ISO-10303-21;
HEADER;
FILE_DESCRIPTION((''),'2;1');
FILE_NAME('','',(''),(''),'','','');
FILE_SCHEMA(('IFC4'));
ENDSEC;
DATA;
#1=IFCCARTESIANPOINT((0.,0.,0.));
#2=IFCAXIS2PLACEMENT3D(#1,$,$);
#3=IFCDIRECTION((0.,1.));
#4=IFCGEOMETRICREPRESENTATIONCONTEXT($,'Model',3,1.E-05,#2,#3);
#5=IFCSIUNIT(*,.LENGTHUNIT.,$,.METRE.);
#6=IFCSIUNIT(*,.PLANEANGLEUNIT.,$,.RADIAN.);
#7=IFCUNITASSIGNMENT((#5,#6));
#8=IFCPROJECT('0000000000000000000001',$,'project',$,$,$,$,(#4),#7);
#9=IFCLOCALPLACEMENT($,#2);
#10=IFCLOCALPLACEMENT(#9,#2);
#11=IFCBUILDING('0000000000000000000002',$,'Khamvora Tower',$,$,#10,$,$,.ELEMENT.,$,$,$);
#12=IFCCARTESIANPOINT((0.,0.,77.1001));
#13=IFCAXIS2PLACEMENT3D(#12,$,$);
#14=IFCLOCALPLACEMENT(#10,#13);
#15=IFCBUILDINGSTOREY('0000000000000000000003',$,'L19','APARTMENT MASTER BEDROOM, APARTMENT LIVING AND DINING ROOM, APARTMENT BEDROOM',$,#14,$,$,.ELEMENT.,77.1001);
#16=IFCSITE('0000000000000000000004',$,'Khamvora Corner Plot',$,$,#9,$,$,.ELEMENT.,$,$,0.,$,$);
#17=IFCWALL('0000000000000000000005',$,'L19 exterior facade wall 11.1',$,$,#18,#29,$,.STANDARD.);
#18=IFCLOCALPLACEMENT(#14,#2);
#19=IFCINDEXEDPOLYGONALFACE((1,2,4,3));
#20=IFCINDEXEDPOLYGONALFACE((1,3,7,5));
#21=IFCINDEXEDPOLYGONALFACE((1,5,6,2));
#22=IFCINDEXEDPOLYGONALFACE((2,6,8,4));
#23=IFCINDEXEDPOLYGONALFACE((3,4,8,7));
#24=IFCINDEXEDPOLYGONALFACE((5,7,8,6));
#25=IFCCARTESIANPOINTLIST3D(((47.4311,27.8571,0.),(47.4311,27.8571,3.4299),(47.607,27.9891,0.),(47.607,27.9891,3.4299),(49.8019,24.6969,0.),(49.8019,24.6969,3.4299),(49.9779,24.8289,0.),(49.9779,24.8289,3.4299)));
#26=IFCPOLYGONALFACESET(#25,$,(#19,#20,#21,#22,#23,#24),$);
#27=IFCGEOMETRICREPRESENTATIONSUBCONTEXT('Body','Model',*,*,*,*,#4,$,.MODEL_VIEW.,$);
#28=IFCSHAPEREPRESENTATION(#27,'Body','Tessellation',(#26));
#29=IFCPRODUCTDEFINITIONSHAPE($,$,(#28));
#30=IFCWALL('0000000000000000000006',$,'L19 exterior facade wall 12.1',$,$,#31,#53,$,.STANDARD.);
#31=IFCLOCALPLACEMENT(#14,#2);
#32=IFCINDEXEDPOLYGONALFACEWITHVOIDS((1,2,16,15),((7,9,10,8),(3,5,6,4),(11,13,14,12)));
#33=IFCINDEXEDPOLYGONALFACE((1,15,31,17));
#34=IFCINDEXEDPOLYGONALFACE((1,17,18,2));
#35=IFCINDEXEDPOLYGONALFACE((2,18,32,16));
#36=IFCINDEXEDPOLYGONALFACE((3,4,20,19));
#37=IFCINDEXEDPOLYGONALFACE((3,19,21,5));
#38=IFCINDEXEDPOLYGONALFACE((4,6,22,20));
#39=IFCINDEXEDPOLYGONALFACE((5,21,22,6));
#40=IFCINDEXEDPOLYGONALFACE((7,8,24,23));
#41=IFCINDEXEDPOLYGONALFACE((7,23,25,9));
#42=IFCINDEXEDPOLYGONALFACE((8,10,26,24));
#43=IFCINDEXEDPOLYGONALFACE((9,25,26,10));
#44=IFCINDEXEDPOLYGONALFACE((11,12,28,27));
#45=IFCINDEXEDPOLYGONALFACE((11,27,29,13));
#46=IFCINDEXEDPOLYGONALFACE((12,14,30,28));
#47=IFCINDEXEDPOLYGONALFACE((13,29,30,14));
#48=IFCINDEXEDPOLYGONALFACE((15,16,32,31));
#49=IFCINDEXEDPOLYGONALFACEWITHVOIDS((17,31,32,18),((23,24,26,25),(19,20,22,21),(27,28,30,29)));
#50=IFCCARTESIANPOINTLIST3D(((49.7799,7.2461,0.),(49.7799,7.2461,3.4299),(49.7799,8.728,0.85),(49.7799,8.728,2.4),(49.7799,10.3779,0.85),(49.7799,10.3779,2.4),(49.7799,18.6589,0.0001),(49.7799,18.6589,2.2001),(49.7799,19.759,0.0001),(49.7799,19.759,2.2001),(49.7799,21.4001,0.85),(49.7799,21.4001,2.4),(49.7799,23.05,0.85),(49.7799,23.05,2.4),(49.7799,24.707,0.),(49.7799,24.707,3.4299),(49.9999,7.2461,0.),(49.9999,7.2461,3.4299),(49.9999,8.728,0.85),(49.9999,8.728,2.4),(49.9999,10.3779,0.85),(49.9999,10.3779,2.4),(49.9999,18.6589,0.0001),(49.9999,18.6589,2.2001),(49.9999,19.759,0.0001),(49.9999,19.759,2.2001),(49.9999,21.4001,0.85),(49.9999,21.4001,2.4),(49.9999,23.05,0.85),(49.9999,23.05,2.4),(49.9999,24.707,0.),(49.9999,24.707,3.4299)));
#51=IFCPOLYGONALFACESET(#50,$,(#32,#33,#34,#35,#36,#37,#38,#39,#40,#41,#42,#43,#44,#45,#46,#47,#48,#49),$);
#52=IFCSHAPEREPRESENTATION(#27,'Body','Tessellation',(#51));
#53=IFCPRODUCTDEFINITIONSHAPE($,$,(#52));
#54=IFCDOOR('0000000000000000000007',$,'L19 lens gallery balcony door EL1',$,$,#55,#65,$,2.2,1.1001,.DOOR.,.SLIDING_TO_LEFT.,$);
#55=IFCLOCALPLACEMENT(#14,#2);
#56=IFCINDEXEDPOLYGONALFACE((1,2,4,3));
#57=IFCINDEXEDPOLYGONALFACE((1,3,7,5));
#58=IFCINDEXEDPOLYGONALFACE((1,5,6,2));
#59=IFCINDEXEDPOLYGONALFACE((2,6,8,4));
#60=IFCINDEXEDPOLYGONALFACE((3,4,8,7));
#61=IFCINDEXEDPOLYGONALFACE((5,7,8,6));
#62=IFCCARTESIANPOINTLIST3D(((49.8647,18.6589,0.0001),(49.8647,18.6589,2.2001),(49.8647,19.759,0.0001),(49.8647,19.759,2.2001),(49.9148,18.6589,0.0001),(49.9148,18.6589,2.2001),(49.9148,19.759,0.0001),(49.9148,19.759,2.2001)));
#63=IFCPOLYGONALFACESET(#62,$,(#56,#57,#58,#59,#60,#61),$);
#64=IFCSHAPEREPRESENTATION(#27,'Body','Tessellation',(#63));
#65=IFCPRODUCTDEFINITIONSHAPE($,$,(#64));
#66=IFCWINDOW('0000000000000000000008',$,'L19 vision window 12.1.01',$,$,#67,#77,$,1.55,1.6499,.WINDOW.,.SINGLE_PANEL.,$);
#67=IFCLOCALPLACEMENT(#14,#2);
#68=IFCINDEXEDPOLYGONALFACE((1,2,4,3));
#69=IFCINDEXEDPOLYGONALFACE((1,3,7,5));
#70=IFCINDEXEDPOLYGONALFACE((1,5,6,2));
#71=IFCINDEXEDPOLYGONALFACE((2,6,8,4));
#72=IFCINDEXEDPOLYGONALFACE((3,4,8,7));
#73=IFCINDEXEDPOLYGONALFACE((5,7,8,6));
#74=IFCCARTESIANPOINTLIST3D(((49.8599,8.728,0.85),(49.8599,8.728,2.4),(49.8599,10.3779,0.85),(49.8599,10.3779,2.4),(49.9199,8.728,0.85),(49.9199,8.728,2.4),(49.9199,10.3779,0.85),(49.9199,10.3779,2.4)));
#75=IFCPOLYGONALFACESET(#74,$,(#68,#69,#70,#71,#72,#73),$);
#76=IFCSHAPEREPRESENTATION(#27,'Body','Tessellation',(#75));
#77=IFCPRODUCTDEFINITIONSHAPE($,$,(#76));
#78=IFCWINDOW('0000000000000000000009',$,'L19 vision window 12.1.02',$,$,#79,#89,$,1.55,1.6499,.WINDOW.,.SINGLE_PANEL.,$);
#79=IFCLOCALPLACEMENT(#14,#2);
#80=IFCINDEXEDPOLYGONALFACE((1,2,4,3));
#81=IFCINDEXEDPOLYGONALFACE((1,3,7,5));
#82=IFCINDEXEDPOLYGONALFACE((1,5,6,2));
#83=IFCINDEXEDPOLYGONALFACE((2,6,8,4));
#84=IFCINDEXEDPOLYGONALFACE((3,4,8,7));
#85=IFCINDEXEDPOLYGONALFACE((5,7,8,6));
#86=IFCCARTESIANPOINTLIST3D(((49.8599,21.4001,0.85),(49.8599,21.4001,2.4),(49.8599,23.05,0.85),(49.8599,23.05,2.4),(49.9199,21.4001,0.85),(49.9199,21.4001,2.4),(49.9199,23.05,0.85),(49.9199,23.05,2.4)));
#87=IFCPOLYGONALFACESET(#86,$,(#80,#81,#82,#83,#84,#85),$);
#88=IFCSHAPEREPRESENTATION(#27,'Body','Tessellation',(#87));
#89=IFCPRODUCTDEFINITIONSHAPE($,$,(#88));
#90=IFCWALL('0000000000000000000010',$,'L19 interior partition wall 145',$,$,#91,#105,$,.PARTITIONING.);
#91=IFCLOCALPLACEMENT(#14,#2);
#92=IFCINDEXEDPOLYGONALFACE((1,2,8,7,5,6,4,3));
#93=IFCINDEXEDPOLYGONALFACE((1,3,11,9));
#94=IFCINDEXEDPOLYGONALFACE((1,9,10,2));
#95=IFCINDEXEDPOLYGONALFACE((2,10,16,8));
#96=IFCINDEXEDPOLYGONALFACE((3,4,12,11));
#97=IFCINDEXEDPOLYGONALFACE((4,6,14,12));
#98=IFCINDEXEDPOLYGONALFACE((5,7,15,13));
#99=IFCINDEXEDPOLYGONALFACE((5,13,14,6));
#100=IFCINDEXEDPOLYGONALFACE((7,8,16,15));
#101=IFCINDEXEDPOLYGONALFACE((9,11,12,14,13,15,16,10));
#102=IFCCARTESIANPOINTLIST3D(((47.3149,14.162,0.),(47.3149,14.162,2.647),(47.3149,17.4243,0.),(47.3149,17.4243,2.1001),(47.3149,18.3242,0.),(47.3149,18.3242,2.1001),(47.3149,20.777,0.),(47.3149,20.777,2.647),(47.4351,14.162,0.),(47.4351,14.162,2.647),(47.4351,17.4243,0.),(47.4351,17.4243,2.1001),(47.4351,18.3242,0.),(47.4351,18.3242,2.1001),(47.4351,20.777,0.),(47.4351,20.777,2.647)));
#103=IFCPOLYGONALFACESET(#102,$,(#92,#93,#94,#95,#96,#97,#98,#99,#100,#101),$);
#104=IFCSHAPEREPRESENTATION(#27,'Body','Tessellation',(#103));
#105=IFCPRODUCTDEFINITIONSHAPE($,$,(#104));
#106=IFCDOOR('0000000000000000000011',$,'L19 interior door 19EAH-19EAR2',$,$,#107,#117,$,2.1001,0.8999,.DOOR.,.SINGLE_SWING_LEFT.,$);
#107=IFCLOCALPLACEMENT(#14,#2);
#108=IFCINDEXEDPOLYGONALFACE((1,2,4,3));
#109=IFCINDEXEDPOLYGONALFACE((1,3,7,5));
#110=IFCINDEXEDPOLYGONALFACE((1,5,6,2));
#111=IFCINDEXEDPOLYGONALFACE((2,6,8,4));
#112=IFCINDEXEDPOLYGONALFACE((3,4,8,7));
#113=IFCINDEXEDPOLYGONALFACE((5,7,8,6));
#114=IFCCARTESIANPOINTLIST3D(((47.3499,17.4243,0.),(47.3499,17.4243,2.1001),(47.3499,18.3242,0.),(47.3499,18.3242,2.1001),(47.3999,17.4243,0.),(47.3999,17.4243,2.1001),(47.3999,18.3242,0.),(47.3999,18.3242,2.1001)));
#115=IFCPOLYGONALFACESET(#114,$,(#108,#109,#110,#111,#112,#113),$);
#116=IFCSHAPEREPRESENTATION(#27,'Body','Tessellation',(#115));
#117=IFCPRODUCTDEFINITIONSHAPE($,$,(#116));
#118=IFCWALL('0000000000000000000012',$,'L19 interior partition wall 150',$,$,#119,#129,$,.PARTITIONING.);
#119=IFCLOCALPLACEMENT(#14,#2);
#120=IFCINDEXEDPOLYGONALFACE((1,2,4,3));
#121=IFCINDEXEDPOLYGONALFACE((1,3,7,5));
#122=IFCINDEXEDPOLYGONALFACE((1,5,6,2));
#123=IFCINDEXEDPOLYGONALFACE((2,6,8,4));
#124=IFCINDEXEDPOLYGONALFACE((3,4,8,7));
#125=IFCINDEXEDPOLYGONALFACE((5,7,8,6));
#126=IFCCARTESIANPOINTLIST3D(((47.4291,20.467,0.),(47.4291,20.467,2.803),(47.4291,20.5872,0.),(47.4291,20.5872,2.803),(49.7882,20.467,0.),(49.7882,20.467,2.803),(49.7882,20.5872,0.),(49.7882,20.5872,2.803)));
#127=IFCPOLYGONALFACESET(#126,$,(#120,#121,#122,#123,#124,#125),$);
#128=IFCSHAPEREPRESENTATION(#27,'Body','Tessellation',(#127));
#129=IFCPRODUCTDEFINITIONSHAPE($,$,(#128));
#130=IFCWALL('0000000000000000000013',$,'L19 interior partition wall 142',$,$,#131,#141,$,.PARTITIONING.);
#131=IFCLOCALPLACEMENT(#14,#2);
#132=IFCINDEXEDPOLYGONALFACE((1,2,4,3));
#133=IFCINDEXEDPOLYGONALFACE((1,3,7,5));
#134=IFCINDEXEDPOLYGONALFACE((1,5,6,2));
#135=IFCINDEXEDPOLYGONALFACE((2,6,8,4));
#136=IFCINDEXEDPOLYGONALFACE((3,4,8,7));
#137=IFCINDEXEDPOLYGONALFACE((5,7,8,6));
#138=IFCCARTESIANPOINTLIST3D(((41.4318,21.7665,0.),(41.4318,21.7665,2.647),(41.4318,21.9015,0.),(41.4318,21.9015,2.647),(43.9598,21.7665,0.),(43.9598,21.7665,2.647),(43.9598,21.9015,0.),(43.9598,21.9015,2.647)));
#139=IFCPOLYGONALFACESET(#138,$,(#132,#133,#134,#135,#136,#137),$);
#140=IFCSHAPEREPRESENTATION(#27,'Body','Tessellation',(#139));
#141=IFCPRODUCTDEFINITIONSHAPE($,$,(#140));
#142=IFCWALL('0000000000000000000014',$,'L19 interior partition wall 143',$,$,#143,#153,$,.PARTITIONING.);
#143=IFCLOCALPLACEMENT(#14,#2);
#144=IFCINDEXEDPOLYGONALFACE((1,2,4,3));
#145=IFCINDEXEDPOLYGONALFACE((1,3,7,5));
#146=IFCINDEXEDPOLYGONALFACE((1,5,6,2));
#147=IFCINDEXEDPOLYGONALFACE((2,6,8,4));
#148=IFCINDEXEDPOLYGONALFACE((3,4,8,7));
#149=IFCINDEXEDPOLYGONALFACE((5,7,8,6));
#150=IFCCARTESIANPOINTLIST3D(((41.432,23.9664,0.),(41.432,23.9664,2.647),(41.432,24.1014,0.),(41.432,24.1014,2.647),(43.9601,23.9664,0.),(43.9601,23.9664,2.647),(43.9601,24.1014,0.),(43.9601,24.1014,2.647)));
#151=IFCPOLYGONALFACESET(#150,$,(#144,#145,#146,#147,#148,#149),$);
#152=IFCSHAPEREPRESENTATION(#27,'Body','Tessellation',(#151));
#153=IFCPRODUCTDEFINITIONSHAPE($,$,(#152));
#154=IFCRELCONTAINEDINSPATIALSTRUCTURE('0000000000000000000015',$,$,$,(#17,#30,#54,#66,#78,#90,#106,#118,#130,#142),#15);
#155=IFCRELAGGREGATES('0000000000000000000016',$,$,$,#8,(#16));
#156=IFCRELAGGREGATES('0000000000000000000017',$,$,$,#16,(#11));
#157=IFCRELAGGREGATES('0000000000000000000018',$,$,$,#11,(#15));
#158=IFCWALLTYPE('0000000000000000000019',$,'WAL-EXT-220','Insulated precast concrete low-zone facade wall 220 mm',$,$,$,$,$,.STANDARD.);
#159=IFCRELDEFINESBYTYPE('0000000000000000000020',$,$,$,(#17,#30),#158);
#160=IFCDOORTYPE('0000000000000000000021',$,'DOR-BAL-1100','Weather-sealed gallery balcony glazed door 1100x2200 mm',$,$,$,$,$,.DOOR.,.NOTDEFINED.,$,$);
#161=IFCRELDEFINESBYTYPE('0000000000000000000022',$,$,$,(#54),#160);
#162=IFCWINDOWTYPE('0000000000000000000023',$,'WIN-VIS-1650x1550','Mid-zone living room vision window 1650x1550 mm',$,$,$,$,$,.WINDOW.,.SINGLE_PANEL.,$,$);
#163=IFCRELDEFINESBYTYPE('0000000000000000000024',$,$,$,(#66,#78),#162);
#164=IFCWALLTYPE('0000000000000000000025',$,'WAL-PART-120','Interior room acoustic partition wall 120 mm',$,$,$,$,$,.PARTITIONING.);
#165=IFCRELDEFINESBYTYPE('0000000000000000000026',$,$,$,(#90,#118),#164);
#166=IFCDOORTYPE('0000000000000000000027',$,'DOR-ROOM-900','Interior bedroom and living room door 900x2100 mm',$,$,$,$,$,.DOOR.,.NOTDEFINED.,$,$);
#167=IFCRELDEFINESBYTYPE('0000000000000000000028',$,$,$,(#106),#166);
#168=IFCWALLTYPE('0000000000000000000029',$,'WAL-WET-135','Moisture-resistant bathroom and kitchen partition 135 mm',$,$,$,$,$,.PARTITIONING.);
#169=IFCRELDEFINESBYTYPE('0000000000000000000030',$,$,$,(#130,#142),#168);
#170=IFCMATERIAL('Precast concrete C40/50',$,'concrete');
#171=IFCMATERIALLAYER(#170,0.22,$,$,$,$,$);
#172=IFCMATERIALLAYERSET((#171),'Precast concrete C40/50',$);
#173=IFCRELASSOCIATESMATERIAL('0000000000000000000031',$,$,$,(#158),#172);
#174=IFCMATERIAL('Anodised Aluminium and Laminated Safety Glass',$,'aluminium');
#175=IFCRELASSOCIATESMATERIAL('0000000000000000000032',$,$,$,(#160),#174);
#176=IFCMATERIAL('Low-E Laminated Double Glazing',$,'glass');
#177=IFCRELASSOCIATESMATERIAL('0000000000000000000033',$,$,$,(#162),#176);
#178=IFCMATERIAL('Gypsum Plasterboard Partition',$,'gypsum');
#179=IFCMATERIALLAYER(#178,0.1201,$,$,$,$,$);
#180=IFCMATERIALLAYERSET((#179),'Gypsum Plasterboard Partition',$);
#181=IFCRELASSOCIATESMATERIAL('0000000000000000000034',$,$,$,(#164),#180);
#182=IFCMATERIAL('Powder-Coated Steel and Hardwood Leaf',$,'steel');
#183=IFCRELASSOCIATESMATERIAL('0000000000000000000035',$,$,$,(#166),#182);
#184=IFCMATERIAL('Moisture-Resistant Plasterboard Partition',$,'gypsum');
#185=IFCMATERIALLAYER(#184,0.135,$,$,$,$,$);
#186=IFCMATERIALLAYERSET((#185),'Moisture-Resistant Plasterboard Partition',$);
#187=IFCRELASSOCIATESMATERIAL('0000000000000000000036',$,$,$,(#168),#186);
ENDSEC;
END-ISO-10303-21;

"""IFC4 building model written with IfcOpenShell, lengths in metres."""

from ifc_helpers import new_model, si_unit, direction, frame, frame_2d, origin, place, context, subcontext, project, spatial, rectangle, extrude, material, layer, layer_set, type_object, element, fill, save


model = new_model("IFC4")

# Units and contexts
model_context = context("Model", 3, precision=1e-05, world=origin(), true_north=direction((0.0, 1.0)))
body_context = subcontext(model_context, "Body", "Model", "MODEL_VIEW")
ifc_project = project(units=[si_unit("LENGTHUNIT", "METRE"), si_unit("PLANEANGLEUNIT", "RADIAN")], contexts=[model_context])

# Site, building, storey
site_placement = place(None, origin())
site = spatial("IfcSite", under=ifc_project, at=site_placement, Name="Khamvora Corner Plot", CompositionType="ELEMENT", RefElevation=0.0)
building_placement = place(site_placement, origin())
building = spatial("IfcBuilding", under=site, at=building_placement, Name="Khamvora Tower", CompositionType="ELEMENT")
storey_placement = place(building_placement, frame((0.0, 0.0, 77.1001)))
storey = spatial("IfcBuildingStorey", under=building, at=storey_placement, Name="L19", Description="APARTMENT MASTER BEDROOM, APARTMENT LIVING AND DINING ROOM, APARTMENT BEDROOM", CompositionType="ELEMENT", Elevation=77.1001)

# Wall
ifc_material_1 = material(Name="Precast concrete C40/50", Category="concrete")
ifc_layer_1 = layer(ifc_material_1, 0.22)
ifc_layer_set_1 = layer_set([ifc_layer_1], Name="Precast concrete C40/50")
wall_type_1 = type_object("IfcWallType", Name="WAL-EXT-220", Description="Insulated precast concrete low-zone facade wall 220 mm", PredefinedType="STANDARD", material=ifc_layer_set_1)
wall_1_placement = place(storey_placement, frame((47.519, 27.9231, 0.0), z_axis=(0.0, 0.0, 1.0), x_axis=(0.600119, -0.799911, 0.0)))
element("IfcWall", 1, at=wall_1_placement, inside=storey, type_object=wall_type_1, Name="L19 exterior facade wall 11.1", PredefinedType="STANDARD", context=body_context, shape_type="SweptSolid", body=[
    extrude(rectangle(XDim=3.9507, YDim=0.22, at=frame_2d((1.9753, 0.0))), origin(), (0.0, 0.0, 1.0), 3.4299),
])

# Wall, openings, door, windows
wall_2_placement = place(storey_placement, frame((49.8899, 24.707, 0.0), z_axis=(0.0, 0.0, 1.0), x_axis=(0.0, -1.0, 0.0)))
wall_2 = element("IfcWall", 2, at=wall_2_placement, inside=storey, type_object=wall_type_1, Name="L19 exterior facade wall 12.1", PredefinedType="STANDARD", context=body_context, shape_type="SweptSolid", body=[
    extrude(rectangle(XDim=17.4609, YDim=0.22, at=frame_2d((8.7305, 0.0))), origin(), (0.0, 0.0, 1.0), 3.4299),
])
opening_1_placement = place(wall_2_placement, frame((4.948, 0.0, 0.0)))
opening_1 = element("IfcOpeningElement", 3, at=opening_1_placement, cuts=wall_2, PredefinedType="OPENING", context=body_context, shape_type="SweptSolid", body=[
    extrude(rectangle(XDim=1.1001, YDim=2.2, at=frame_2d((0.55, 1.1001))), frame((0.0, 0.1199, 0.0), z_axis=(0.0, -1.0, 0.0), x_axis=(1.0, 0.0, 0.0)), (0.0, 0.0, 1.0), 0.24),
])
opening_2_placement = place(wall_2_placement, frame((14.3291, 0.0, 0.8501)))
opening_2 = element("IfcOpeningElement", 4, at=opening_2_placement, cuts=wall_2, PredefinedType="OPENING", context=body_context, shape_type="SweptSolid", body=[
    extrude(rectangle(XDim=1.6499, YDim=1.55, at=frame_2d((0.825, 0.7749))), frame((0.0, 0.1199, 0.0), z_axis=(0.0, -1.0, 0.0), x_axis=(1.0, 0.0, 0.0)), (0.0, 0.0, 1.0), 0.24),
])
opening_3_placement = place(wall_2_placement, frame((1.657, 0.0, 0.8501)))
opening_3 = element("IfcOpeningElement", 5, at=opening_3_placement, cuts=wall_2, PredefinedType="OPENING", context=body_context, shape_type="SweptSolid", body=[
    extrude(rectangle(XDim=1.6499, YDim=1.55, at=frame_2d((0.825, 0.7749))), frame((0.0, 0.1199, 0.0), z_axis=(0.0, -1.0, 0.0), x_axis=(1.0, 0.0, 0.0)), (0.0, 0.0, 1.0), 0.24),
])
ifc_material_2 = material(Name="Anodised Aluminium and Laminated Safety Glass", Category="aluminium")
door_type_1 = type_object("IfcDoorType", Name="DOR-BAL-1100", Description="Weather-sealed gallery balcony glazed door 1100x2200 mm", OperationType="NOTDEFINED", PredefinedType="DOOR", material=ifc_material_2)
door_1_placement = place(opening_1_placement, origin())
door_1 = element("IfcDoor", 6, at=door_1_placement, inside=storey, type_object=door_type_1, Name="L19 lens gallery balcony door EL1", OperationType="SLIDING_TO_LEFT", OverallHeight=2.2, OverallWidth=1.1001, PredefinedType="DOOR", context=body_context, shape_type="SweptSolid", body=[
    extrude(rectangle(XDim=1.1001, YDim=2.2, at=frame_2d((0.55, 1.1001))), frame((0.0, 0.0249, 0.0), z_axis=(0.0, -1.0, 0.0), x_axis=(1.0, 0.0, 0.0)), (0.0, 0.0, 1.0), 0.05),
])
fill(opening_1, door_1)
ifc_material_3 = material(Name="Low-E Laminated Double Glazing", Category="glass")
window_type = type_object("IfcWindowType", Name="WIN-VIS-1650x1550", Description="Mid-zone living room vision window 1650x1550 mm", PartitioningType="SINGLE_PANEL", PredefinedType="WINDOW", material=ifc_material_3)
window_1_placement = place(opening_2_placement, origin())
window_1 = element("IfcWindow", 7, at=window_1_placement, inside=storey, type_object=window_type, Name="L19 vision window 12.1.01", OverallHeight=1.55, OverallWidth=1.6499, PartitioningType="SINGLE_PANEL", PredefinedType="WINDOW", context=body_context, shape_type="SweptSolid", body=[
    extrude(rectangle(XDim=1.6499, YDim=1.55, at=frame_2d((0.825, 0.7749))), frame((0.0, 0.03, 0.0), z_axis=(0.0, -1.0, 0.0), x_axis=(1.0, 0.0, 0.0)), (0.0, 0.0, 1.0), 0.0601),
])
fill(opening_2, window_1)
window_2_placement = place(opening_3_placement, origin())
window_2 = element("IfcWindow", 8, at=window_2_placement, inside=storey, type_object=window_type, Name="L19 vision window 12.1.02", OverallHeight=1.55, OverallWidth=1.6499, PartitioningType="SINGLE_PANEL", PredefinedType="WINDOW", context=body_context, shape_type="SweptSolid", body=[
    extrude(rectangle(XDim=1.6499, YDim=1.55, at=frame_2d((0.825, 0.7749))), frame((0.0, 0.03, 0.0), z_axis=(0.0, -1.0, 0.0), x_axis=(1.0, 0.0, 0.0)), (0.0, 0.0, 1.0), 0.0601),
])
fill(opening_3, window_2)

# Wall, opening, door
ifc_material_4 = material(Name="Gypsum Plasterboard Partition", Category="gypsum")
ifc_layer_2 = layer(ifc_material_4, 0.1201)
ifc_layer_set_2 = layer_set([ifc_layer_2], Name="Gypsum Plasterboard Partition")
wall_type_2 = type_object("IfcWallType", Name="WAL-PART-120", Description="Interior room acoustic partition wall 120 mm", PredefinedType="PARTITIONING", material=ifc_layer_set_2)
wall_3_placement = place(storey_placement, frame((47.375, 20.7771, 0.0), z_axis=(0.0, 0.0, 1.0), x_axis=(0.0, -1.0, 0.0)))
wall_3 = element("IfcWall", 9, at=wall_3_placement, inside=storey, type_object=wall_type_2, Name="L19 interior partition wall 145", PredefinedType="PARTITIONING", context=body_context, shape_type="SweptSolid", body=[
    extrude(rectangle(XDim=6.615, YDim=0.1201, at=frame_2d((3.3076, 0.0))), origin(), (0.0, 0.0, 1.0), 2.647),
])
opening_4_placement = place(wall_3_placement, frame((2.4529, 0.0, 0.0)))
opening_4 = element("IfcOpeningElement", 10, at=opening_4_placement, cuts=wall_3, PredefinedType="OPENING", context=body_context, shape_type="SweptSolid", body=[
    extrude(rectangle(XDim=0.8999, YDim=2.1001, at=frame_2d((0.45, 1.05))), frame((0.0, 0.0701, 0.0), z_axis=(0.0, -1.0, 0.0), x_axis=(1.0, 0.0, 0.0)), (0.0, 0.0, 1.0), 0.1401),
])
ifc_material_5 = material(Name="Powder-Coated Steel and Hardwood Leaf", Category="steel")
door_type_2 = type_object("IfcDoorType", Name="DOR-ROOM-900", Description="Interior bedroom and living room door 900x2100 mm", OperationType="NOTDEFINED", PredefinedType="DOOR", material=ifc_material_5)
door_2_placement = place(opening_4_placement, origin())
door_2 = element("IfcDoor", 11, at=door_2_placement, inside=storey, type_object=door_type_2, Name="L19 interior door 19EAH-19EAR2", OperationType="SINGLE_SWING_LEFT", OverallHeight=2.1001, OverallWidth=0.8999, PredefinedType="DOOR", context=body_context, shape_type="SweptSolid", body=[
    extrude(rectangle(XDim=0.8999, YDim=2.1001, at=frame_2d((0.45, 1.05))), frame((0.0, 0.0249, 0.0), z_axis=(0.0, -1.0, 0.0), x_axis=(1.0, 0.0, 0.0)), (0.0, 0.0, 1.0), 0.05),
])
fill(opening_4, door_2)

# Walls
wall_4_placement = place(storey_placement, frame((47.429, 20.5271, 0.0), z_axis=(0.0, 0.0, 1.0), x_axis=(1.0, 0.0, 0.0)))
element("IfcWall", 12, at=wall_4_placement, inside=storey, type_object=wall_type_2, Name="L19 interior partition wall 150", PredefinedType="PARTITIONING", context=body_context, shape_type="SweptSolid", body=[
    extrude(rectangle(XDim=2.3591, YDim=0.1201, at=frame_2d((1.1797, 0.0))), origin(), (0.0, 0.0, 1.0), 2.803),
])
ifc_material_6 = material(Name="Moisture-Resistant Plasterboard Partition", Category="gypsum")
ifc_layer_3 = layer(ifc_material_6, 0.135)
ifc_layer_set_3 = layer_set([ifc_layer_3], Name="Moisture-Resistant Plasterboard Partition")
wall_type_3 = type_object("IfcWallType", Name="WAL-WET-135", Description="Moisture-resistant bathroom and kitchen partition 135 mm", PredefinedType="PARTITIONING", material=ifc_layer_set_3)
for number, where, z_axis, x_axis, name in (
    (13, (43.96, 21.834, 0.0), (0.0, 0.0, 1.0), (-1.0, 0.0, 0.0), "L19 interior partition wall 142"),
    (14, (41.4319, 24.0339, 0.0), (0.0, 0.0, 1.0), (1.0, 0.0, 0.0), "L19 interior partition wall 143"),
):
    element("IfcWall", number, at=place(storey_placement, frame(where, z_axis=z_axis, x_axis=x_axis)), inside=storey, type_object=wall_type_3, Name=name, PredefinedType="PARTITIONING", context=body_context, shape_type="SweptSolid", body=[
        extrude(rectangle(XDim=2.5281, YDim=0.135, at=frame_2d((1.2642, 0.0))), origin(), (0.0, 0.0, 1.0), 2.647),
    ])

save(model, "model.ifc")
